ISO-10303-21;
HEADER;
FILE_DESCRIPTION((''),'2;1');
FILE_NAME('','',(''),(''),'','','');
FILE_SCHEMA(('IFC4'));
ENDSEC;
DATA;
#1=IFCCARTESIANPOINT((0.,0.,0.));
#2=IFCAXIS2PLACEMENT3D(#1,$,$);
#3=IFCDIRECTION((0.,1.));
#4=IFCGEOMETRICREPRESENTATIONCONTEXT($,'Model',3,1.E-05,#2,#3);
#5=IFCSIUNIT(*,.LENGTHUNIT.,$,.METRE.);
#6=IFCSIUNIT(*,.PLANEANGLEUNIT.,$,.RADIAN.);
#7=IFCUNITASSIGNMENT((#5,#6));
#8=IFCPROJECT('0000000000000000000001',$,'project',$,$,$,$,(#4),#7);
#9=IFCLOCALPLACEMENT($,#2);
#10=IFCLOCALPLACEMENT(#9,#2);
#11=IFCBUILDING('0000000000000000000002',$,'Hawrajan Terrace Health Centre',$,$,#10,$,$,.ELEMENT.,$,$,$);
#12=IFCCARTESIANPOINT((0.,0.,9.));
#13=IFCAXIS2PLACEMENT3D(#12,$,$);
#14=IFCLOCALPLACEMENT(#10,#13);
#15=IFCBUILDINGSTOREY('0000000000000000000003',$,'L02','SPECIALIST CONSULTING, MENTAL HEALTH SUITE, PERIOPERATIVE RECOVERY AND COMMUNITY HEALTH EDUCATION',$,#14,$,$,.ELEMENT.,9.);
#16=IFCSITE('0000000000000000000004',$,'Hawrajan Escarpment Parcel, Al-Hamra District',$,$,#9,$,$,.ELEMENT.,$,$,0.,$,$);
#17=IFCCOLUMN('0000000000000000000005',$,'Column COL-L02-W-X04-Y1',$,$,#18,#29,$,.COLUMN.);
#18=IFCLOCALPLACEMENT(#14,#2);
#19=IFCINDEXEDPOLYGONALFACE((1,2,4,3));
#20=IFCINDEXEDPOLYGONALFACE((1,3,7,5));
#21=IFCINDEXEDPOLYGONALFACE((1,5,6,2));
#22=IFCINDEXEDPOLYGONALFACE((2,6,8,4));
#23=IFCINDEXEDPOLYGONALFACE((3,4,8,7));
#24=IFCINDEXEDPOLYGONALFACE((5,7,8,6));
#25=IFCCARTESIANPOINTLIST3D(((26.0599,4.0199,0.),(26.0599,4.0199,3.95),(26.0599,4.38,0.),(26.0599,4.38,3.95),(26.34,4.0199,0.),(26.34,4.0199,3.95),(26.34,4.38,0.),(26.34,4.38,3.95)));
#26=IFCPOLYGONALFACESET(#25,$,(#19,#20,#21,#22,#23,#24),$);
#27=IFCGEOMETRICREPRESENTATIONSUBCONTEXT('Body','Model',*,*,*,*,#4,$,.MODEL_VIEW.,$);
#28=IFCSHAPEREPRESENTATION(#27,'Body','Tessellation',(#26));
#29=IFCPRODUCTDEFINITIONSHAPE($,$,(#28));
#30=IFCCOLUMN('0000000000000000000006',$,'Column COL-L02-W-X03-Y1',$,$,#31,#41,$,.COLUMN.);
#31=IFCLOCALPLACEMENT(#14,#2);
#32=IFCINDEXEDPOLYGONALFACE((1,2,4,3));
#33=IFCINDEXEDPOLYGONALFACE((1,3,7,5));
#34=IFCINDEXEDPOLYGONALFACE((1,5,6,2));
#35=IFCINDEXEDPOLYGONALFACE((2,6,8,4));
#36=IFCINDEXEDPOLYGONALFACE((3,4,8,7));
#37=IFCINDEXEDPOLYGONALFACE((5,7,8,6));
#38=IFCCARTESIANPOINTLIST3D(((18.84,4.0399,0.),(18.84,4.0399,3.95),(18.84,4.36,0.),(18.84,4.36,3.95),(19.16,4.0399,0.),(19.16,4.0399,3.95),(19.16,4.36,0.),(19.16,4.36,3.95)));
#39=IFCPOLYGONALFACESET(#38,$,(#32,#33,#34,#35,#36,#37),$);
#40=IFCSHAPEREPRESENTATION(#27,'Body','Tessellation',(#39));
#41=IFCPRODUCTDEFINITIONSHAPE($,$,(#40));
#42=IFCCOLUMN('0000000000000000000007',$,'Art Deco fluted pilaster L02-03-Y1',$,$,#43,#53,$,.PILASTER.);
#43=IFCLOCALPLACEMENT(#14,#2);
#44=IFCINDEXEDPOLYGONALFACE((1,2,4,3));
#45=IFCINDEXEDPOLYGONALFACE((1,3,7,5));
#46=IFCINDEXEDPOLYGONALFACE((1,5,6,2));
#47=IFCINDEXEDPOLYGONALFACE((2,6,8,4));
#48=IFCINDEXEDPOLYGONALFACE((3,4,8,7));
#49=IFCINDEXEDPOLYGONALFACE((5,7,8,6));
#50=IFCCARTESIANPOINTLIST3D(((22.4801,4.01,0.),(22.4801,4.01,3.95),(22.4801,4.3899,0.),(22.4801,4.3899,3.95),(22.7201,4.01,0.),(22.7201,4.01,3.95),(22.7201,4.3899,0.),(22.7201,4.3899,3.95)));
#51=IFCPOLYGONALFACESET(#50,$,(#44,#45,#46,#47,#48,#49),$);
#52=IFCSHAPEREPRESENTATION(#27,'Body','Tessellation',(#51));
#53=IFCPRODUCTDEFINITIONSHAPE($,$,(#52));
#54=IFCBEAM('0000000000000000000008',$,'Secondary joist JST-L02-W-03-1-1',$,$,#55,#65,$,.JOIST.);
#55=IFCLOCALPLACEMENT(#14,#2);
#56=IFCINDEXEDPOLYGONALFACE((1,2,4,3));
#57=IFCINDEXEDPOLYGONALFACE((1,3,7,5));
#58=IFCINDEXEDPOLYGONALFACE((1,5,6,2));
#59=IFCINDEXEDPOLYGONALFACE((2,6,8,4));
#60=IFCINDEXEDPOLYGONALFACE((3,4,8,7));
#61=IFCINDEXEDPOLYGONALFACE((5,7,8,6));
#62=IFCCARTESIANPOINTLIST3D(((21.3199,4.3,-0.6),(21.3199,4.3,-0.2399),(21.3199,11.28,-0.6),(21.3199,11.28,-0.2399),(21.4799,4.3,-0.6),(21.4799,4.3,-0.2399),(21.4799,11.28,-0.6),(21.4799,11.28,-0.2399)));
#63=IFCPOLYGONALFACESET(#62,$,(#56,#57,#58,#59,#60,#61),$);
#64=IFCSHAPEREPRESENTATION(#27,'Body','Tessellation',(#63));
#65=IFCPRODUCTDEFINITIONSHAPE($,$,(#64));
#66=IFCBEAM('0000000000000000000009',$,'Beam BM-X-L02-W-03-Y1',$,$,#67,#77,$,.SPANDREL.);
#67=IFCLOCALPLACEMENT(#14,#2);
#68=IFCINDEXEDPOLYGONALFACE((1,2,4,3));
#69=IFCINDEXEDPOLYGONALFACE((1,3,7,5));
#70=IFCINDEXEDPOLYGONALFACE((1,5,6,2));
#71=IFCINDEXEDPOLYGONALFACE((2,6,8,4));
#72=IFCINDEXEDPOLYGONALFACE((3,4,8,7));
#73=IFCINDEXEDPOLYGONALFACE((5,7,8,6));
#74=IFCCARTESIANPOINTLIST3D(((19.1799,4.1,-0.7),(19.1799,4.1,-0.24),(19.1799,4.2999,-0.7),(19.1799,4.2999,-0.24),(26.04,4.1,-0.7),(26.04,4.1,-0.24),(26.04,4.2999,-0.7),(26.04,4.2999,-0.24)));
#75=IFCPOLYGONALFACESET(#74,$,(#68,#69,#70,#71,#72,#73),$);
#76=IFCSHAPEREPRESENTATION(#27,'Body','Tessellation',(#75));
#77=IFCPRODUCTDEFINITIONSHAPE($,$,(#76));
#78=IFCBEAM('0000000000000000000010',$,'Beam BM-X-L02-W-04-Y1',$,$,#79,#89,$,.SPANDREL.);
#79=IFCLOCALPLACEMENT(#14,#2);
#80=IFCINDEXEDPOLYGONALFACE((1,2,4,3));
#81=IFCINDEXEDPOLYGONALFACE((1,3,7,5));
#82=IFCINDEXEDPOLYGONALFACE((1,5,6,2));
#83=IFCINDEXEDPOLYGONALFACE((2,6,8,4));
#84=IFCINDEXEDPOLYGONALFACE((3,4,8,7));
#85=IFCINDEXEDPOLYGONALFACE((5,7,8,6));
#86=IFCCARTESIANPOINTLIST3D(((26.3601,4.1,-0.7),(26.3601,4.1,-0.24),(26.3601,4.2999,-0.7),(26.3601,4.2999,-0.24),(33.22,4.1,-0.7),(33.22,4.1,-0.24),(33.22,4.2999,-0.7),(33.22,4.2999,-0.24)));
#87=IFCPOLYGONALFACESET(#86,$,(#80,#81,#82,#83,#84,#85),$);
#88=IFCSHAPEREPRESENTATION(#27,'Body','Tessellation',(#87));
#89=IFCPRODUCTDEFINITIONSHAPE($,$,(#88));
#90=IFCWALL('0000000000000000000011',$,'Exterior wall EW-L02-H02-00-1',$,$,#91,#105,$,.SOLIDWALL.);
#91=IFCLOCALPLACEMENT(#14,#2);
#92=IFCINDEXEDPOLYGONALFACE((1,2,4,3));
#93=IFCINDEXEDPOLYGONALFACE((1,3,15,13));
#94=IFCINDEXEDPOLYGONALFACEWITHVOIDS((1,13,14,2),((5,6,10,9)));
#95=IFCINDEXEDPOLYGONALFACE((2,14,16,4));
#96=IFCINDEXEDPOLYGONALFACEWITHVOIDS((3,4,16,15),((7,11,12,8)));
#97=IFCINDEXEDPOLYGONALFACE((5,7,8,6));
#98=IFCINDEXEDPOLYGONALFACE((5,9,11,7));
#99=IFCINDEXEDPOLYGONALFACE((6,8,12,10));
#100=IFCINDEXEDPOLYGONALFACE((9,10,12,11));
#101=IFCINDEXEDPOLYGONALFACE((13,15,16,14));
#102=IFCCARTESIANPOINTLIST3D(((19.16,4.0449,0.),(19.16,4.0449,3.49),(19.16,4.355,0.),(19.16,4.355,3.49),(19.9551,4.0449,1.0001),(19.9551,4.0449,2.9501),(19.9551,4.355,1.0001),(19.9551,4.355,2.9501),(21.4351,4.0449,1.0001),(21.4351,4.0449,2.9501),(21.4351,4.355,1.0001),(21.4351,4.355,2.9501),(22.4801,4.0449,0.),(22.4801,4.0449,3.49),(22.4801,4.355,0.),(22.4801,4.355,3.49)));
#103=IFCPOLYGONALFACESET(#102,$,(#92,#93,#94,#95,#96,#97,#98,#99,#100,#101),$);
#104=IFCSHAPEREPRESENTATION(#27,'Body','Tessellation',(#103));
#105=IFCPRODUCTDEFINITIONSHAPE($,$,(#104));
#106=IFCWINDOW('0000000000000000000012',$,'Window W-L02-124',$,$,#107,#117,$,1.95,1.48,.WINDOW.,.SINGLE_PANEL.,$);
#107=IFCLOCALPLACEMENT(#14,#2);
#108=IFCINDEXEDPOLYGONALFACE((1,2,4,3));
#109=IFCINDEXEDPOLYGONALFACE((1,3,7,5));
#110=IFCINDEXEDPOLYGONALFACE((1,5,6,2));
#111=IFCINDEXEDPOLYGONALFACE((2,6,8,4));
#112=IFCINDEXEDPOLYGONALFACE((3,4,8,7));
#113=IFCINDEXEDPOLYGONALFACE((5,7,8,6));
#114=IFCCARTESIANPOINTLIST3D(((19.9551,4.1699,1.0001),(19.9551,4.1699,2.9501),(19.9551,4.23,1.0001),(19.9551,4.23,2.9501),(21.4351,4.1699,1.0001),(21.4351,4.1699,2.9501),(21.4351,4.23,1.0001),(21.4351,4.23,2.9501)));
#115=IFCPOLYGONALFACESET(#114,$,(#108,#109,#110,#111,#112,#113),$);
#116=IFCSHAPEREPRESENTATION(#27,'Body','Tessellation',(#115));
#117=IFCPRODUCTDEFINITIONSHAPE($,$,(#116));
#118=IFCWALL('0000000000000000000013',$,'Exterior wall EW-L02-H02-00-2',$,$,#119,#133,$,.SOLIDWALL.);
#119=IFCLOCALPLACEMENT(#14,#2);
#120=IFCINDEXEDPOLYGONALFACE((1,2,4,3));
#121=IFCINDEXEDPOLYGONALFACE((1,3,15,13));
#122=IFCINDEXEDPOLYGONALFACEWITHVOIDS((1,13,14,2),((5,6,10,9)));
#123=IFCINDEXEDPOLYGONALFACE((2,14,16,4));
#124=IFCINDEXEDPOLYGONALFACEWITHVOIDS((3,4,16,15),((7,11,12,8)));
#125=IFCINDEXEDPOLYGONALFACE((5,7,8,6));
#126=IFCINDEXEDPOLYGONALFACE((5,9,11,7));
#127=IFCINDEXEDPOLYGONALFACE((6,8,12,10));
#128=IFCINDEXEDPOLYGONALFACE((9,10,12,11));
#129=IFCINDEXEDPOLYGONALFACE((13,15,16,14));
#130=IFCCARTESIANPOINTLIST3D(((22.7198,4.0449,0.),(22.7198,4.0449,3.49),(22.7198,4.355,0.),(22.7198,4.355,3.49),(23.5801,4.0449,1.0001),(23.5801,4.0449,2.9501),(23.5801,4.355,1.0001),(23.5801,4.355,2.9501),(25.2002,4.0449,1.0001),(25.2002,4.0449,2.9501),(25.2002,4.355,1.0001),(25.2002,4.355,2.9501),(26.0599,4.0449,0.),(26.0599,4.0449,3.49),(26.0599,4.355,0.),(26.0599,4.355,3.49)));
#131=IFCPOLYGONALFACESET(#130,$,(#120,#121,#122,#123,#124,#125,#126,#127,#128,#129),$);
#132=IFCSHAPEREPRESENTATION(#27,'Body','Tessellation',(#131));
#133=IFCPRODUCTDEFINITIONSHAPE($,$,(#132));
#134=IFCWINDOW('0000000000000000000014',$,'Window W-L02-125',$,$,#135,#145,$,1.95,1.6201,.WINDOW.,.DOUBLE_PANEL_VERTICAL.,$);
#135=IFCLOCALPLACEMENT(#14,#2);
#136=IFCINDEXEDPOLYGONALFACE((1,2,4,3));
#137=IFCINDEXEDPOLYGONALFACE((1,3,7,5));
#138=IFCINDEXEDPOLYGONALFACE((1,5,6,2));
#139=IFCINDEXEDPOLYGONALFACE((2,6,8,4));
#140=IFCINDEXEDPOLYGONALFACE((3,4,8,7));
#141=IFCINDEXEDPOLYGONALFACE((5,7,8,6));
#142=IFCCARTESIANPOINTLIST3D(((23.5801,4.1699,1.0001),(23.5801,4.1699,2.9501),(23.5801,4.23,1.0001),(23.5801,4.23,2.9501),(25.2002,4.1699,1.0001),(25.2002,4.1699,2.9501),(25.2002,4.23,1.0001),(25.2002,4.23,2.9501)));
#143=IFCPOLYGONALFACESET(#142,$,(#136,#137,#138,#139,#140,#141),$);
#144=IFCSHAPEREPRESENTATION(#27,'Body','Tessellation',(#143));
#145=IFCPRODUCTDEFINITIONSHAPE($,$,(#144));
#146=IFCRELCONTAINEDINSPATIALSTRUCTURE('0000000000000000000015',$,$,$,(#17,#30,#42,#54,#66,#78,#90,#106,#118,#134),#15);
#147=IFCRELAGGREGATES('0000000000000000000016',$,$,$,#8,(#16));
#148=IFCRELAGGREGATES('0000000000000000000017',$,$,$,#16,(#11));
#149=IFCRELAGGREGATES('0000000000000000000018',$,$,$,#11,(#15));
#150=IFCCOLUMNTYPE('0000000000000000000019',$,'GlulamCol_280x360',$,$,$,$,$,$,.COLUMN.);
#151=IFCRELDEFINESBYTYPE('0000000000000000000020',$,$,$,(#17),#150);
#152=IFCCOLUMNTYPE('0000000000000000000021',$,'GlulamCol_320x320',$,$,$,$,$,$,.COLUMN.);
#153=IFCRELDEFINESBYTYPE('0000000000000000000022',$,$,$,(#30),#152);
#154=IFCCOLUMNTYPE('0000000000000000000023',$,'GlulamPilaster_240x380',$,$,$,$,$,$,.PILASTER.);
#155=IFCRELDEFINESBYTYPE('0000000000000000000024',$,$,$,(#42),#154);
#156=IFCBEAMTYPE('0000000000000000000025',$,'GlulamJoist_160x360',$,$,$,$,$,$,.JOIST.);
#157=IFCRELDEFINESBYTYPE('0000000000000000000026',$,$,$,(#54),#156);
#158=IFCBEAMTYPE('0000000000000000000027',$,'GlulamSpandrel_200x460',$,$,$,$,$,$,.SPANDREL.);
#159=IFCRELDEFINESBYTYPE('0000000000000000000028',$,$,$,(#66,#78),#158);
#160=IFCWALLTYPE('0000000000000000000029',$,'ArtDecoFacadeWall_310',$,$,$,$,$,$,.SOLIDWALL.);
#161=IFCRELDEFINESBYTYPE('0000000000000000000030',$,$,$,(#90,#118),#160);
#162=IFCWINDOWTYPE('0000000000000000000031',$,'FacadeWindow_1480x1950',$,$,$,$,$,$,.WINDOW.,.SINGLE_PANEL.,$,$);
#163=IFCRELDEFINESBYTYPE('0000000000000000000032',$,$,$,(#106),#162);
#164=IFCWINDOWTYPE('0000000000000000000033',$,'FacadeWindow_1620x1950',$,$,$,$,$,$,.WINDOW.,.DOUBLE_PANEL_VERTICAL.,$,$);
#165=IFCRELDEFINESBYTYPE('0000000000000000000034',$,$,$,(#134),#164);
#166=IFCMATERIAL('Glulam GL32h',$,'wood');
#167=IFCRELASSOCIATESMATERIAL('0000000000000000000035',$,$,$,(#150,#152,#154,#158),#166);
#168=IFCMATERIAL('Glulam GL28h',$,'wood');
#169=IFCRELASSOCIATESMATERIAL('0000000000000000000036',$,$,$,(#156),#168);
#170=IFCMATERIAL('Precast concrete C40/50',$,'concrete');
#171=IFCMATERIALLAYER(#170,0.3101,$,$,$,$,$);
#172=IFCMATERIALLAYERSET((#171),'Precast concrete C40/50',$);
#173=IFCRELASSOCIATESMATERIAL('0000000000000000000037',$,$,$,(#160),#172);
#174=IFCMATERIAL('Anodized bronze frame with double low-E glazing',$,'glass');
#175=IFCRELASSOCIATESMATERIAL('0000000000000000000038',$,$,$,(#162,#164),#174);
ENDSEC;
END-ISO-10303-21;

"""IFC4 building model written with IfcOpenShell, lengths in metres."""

from ifc_helpers import new_model, si_unit, direction, frame, frame_2d, origin, origin_2d, place, context, subcontext, project, spatial, rectangle, extrude, material, layer, layer_set, material_profile, profile_set, type_object, element, fill, save


model = new_model("IFC4")

# Units and contexts
model_context = context("Model", 3, precision=1e-05, world=origin(), true_north=direction((0.0, 1.0)))
body_context = subcontext(model_context, "Body", "Model", "MODEL_VIEW")
ifc_project = project(units=[si_unit("LENGTHUNIT", "METRE"), si_unit("PLANEANGLEUNIT", "RADIAN")], contexts=[model_context])

# Site, building, storey
site_placement = place(None, origin())
site = spatial("IfcSite", under=ifc_project, at=site_placement, Name="Hawrajan Escarpment Parcel, Al-Hamra District", CompositionType="ELEMENT", RefElevation=0.0)
building_placement = place(site_placement, origin())
building = spatial("IfcBuilding", under=site, at=building_placement, Name="Hawrajan Terrace Health Centre", CompositionType="ELEMENT")
storey_placement = place(building_placement, frame((0.0, 0.0, 9.0)))
storey = spatial("IfcBuildingStorey", under=building, at=storey_placement, Name="L02", Description="SPECIALIST CONSULTING, MENTAL HEALTH SUITE, PERIOPERATIVE RECOVERY AND COMMUNITY HEALTH EDUCATION", CompositionType="ELEMENT", Elevation=9.0)

# Columns
ifc_material_1 = material(Name="Glulam GL32h", Category="wood")
ifc_material_profile_1 = material_profile(ifc_material_1, rectangle(XDim=0.28, YDim=0.3601, at=origin_2d()), Name="GL 280x360")
ifc_profile_set_1 = profile_set([ifc_material_profile_1], Name="Glulam GL32h")
column_type_1 = type_object("IfcColumnType", Name="GlulamCol_280x360", PredefinedType="COLUMN", material=ifc_profile_set_1)
column_1_placement = place(storey_placement, frame((26.2, 4.2, 0.0), z_axis=(0.0, 0.0, 1.0), x_axis=(1.0, 0.0, 0.0)))
element("IfcColumn", 1, at=column_1_placement, inside=storey, type_object=column_type_1, Name="Column COL-L02-W-X04-Y1", PredefinedType="COLUMN", context=body_context, shape_type="SweptSolid", body=[
    extrude(rectangle(XDim=0.28, YDim=0.3601, at=origin_2d()), origin(), (0.0, 0.0, 1.0), 3.95),
])
ifc_material_profile_2 = material_profile(ifc_material_1, rectangle(XDim=0.3201, YDim=0.3201, at=origin_2d()), Name="GL 320x320")
ifc_profile_set_2 = profile_set([ifc_material_profile_2], Name="Glulam GL32h")
column_type_2 = type_object("IfcColumnType", Name="GlulamCol_320x320", PredefinedType="COLUMN", material=ifc_profile_set_2)
column_2_placement = place(storey_placement, frame((19.0, 4.2, 0.0), z_axis=(0.0, 0.0, 1.0), x_axis=(1.0, 0.0, 0.0)))
element("IfcColumn", 2, at=column_2_placement, inside=storey, type_object=column_type_2, Name="Column COL-L02-W-X03-Y1", PredefinedType="COLUMN", context=body_context, shape_type="SweptSolid", body=[
    extrude(rectangle(XDim=0.3201, YDim=0.3201, at=origin_2d()), origin(), (0.0, 0.0, 1.0), 3.95),
])
ifc_material_profile_3 = material_profile(ifc_material_1, rectangle(XDim=0.24, YDim=0.3799, at=origin_2d()), Name="GL PIL 240x380")
ifc_profile_set_3 = profile_set([ifc_material_profile_3], Name="Glulam GL32h")
column_type_3 = type_object("IfcColumnType", Name="GlulamPilaster_240x380", PredefinedType="PILASTER", material=ifc_profile_set_3)
column_3_placement = place(storey_placement, frame((22.6001, 4.2, 0.0), z_axis=(0.0, 0.0, 1.0), x_axis=(1.0, 0.0, 0.0)))
element("IfcColumn", 3, at=column_3_placement, inside=storey, type_object=column_type_3, Name="Art Deco fluted pilaster L02-03-Y1", PredefinedType="PILASTER", context=body_context, shape_type="SweptSolid", body=[
    extrude(rectangle(XDim=0.24, YDim=0.3799, at=origin_2d()), origin(), (0.0, 0.0, 1.0), 3.95),
])

# Beams
ifc_material_2 = material(Name="Glulam GL28h", Category="wood")
ifc_material_profile_4 = material_profile(ifc_material_2, rectangle(XDim=0.1599, YDim=0.3601, at=origin_2d()), Name="GL JST 160x360")
ifc_profile_set_4 = profile_set([ifc_material_profile_4], Name="Glulam GL28h")
beam_type_1 = type_object("IfcBeamType", Name="GlulamJoist_160x360", PredefinedType="JOIST", material=ifc_profile_set_4)
beam_1_placement = place(storey_placement, frame((21.3999, 4.3, -0.4199), z_axis=(0.0, 1.0, 0.0), x_axis=(-1.0, 0.0, 0.0)))
element("IfcBeam", 4, at=beam_1_placement, inside=storey, type_object=beam_type_1, Name="Secondary joist JST-L02-W-03-1-1", PredefinedType="JOIST", context=body_context, shape_type="SweptSolid", body=[
    extrude(rectangle(XDim=0.1599, YDim=0.3601, at=origin_2d()), origin(), (0.0, 0.0, 1.0), 6.98),
])
ifc_material_profile_5 = material_profile(ifc_material_1, rectangle(XDim=0.2, YDim=0.46, at=origin_2d()), Name="GL SP 200x460")
ifc_profile_set_5 = profile_set([ifc_material_profile_5], Name="Glulam GL32h")
beam_type_2 = type_object("IfcBeamType", Name="GlulamSpandrel_200x460", PredefinedType="SPANDREL", material=ifc_profile_set_5)
beam_2_placement = place(storey_placement, frame((19.1799, 4.2, -0.47), z_axis=(1.0, 0.0, 0.0), x_axis=(0.0, 1.0, 0.0)))
element("IfcBeam", 5, at=beam_2_placement, inside=storey, type_object=beam_type_2, Name="Beam BM-X-L02-W-03-Y1", PredefinedType="SPANDREL", context=body_context, shape_type="SweptSolid", body=[
    extrude(rectangle(XDim=0.2, YDim=0.46, at=origin_2d()), origin(), (0.0, 0.0, 1.0), 6.8601),
])
beam_3_placement = place(storey_placement, frame((26.3601, 4.2, -0.47), z_axis=(1.0, 0.0, 0.0), x_axis=(0.0, 1.0, 0.0)))
element("IfcBeam", 6, at=beam_3_placement, inside=storey, type_object=beam_type_2, Name="Beam BM-X-L02-W-04-Y1", PredefinedType="SPANDREL", context=body_context, shape_type="SweptSolid", body=[
    extrude(rectangle(XDim=0.2, YDim=0.46, at=origin_2d()), origin(), (0.0, 0.0, 1.0), 6.8599),
])

# Walls, openings, windows
ifc_material_3 = material(Name="Precast concrete C40/50", Category="concrete")
ifc_layer_1 = layer(ifc_material_3, 0.3101)
ifc_layer_set_1 = layer_set([ifc_layer_1], Name="Precast concrete C40/50")
wall_type_1 = type_object("IfcWallType", Name="ArtDecoFacadeWall_310", PredefinedType="SOLIDWALL", material=ifc_layer_set_1)
wall_1_placement = place(storey_placement, frame((19.1599, 4.2, 0.0), z_axis=(0.0, 0.0, 1.0), x_axis=(1.0, 0.0, 0.0)))
wall_1 = element("IfcWall", 7, at=wall_1_placement, inside=storey, type_object=wall_type_1, Name="Exterior wall EW-L02-H02-00-1", PredefinedType="SOLIDWALL", context=body_context, shape_type="SweptSolid", body=[
    extrude(rectangle(XDim=3.3201, YDim=0.3101, at=frame_2d((1.6602, 0.0))), origin(), (0.0, 0.0, 1.0), 3.49),
])
opening_1_placement = place(wall_1_placement, frame((0.7952, 0.0, 1.0)))
opening_1 = element("IfcOpeningElement", 8, at=opening_1_placement, cuts=wall_1, PredefinedType="OPENING", context=body_context, shape_type="SweptSolid", body=[
    extrude(rectangle(XDim=1.48, YDim=1.95, at=frame_2d((0.74, 0.9751))), frame((0.0, 0.165, 0.0), z_axis=(0.0, -1.0, 0.0), x_axis=(1.0, 0.0, 0.0)), (0.0, 0.0, 1.0), 0.3301),
])
ifc_material_4 = material(Name="Anodized bronze frame with double low-E glazing", Category="glass")
window_type_1 = type_object("IfcWindowType", Name="FacadeWindow_1480x1950", PartitioningType="SINGLE_PANEL", PredefinedType="WINDOW", material=ifc_material_4)
window_1_placement = place(opening_1_placement, origin())
window_1 = element("IfcWindow", 9, at=window_1_placement, inside=storey, type_object=window_type_1, Name="Window W-L02-124", OverallHeight=1.95, OverallWidth=1.48, PartitioningType="SINGLE_PANEL", PredefinedType="WINDOW", context=body_context, shape_type="SweptSolid", body=[
    extrude(rectangle(XDim=1.48, YDim=1.95, at=frame_2d((0.74, 0.9751))), frame((0.0, 0.03, 0.0), z_axis=(0.0, -1.0, 0.0), x_axis=(1.0, 0.0, 0.0)), (0.0, 0.0, 1.0), 0.0601),
])
fill(opening_1, window_1)
wall_2_placement = place(storey_placement, frame((22.72, 4.2, 0.0), z_axis=(0.0, 0.0, 1.0), x_axis=(1.0, 0.0, 0.0)))
wall_2 = element("IfcWall", 10, at=wall_2_placement, inside=storey, type_object=wall_type_1, Name="Exterior wall EW-L02-H02-00-2", PredefinedType="SOLIDWALL", context=body_context, shape_type="SweptSolid", body=[
    extrude(rectangle(XDim=3.3401, YDim=0.3101, at=frame_2d((1.6699, 0.0))), origin(), (0.0, 0.0, 1.0), 3.49),
])
opening_2_placement = place(wall_2_placement, frame((0.8601, 0.0, 1.0)))
opening_2 = element("IfcOpeningElement", 11, at=opening_2_placement, cuts=wall_2, PredefinedType="OPENING", context=body_context, shape_type="SweptSolid", body=[
    extrude(rectangle(XDim=1.6201, YDim=1.95, at=frame_2d((0.8101, 0.9751))), frame((0.0, 0.165, 0.0), z_axis=(0.0, -1.0, 0.0), x_axis=(1.0, 0.0, 0.0)), (0.0, 0.0, 1.0), 0.3301),
])
window_type_2 = type_object("IfcWindowType", Name="FacadeWindow_1620x1950", PartitioningType="DOUBLE_PANEL_VERTICAL", PredefinedType="WINDOW", material=ifc_material_4)
window_2_placement = place(opening_2_placement, origin())
window_2 = element("IfcWindow", 12, at=window_2_placement, inside=storey, type_object=window_type_2, Name="Window W-L02-125", OverallHeight=1.95, OverallWidth=1.6201, PartitioningType="DOUBLE_PANEL_VERTICAL", PredefinedType="WINDOW", context=body_context, shape_type="SweptSolid", body=[
    extrude(rectangle(XDim=1.6201, YDim=1.95, at=frame_2d((0.8101, 0.9751))), frame((0.0, 0.03, 0.0), z_axis=(0.0, -1.0, 0.0), x_axis=(1.0, 0.0, 0.0)), (0.0, 0.0, 1.0), 0.0601),
])
fill(opening_2, window_2)

save(model, "model.ifc")
